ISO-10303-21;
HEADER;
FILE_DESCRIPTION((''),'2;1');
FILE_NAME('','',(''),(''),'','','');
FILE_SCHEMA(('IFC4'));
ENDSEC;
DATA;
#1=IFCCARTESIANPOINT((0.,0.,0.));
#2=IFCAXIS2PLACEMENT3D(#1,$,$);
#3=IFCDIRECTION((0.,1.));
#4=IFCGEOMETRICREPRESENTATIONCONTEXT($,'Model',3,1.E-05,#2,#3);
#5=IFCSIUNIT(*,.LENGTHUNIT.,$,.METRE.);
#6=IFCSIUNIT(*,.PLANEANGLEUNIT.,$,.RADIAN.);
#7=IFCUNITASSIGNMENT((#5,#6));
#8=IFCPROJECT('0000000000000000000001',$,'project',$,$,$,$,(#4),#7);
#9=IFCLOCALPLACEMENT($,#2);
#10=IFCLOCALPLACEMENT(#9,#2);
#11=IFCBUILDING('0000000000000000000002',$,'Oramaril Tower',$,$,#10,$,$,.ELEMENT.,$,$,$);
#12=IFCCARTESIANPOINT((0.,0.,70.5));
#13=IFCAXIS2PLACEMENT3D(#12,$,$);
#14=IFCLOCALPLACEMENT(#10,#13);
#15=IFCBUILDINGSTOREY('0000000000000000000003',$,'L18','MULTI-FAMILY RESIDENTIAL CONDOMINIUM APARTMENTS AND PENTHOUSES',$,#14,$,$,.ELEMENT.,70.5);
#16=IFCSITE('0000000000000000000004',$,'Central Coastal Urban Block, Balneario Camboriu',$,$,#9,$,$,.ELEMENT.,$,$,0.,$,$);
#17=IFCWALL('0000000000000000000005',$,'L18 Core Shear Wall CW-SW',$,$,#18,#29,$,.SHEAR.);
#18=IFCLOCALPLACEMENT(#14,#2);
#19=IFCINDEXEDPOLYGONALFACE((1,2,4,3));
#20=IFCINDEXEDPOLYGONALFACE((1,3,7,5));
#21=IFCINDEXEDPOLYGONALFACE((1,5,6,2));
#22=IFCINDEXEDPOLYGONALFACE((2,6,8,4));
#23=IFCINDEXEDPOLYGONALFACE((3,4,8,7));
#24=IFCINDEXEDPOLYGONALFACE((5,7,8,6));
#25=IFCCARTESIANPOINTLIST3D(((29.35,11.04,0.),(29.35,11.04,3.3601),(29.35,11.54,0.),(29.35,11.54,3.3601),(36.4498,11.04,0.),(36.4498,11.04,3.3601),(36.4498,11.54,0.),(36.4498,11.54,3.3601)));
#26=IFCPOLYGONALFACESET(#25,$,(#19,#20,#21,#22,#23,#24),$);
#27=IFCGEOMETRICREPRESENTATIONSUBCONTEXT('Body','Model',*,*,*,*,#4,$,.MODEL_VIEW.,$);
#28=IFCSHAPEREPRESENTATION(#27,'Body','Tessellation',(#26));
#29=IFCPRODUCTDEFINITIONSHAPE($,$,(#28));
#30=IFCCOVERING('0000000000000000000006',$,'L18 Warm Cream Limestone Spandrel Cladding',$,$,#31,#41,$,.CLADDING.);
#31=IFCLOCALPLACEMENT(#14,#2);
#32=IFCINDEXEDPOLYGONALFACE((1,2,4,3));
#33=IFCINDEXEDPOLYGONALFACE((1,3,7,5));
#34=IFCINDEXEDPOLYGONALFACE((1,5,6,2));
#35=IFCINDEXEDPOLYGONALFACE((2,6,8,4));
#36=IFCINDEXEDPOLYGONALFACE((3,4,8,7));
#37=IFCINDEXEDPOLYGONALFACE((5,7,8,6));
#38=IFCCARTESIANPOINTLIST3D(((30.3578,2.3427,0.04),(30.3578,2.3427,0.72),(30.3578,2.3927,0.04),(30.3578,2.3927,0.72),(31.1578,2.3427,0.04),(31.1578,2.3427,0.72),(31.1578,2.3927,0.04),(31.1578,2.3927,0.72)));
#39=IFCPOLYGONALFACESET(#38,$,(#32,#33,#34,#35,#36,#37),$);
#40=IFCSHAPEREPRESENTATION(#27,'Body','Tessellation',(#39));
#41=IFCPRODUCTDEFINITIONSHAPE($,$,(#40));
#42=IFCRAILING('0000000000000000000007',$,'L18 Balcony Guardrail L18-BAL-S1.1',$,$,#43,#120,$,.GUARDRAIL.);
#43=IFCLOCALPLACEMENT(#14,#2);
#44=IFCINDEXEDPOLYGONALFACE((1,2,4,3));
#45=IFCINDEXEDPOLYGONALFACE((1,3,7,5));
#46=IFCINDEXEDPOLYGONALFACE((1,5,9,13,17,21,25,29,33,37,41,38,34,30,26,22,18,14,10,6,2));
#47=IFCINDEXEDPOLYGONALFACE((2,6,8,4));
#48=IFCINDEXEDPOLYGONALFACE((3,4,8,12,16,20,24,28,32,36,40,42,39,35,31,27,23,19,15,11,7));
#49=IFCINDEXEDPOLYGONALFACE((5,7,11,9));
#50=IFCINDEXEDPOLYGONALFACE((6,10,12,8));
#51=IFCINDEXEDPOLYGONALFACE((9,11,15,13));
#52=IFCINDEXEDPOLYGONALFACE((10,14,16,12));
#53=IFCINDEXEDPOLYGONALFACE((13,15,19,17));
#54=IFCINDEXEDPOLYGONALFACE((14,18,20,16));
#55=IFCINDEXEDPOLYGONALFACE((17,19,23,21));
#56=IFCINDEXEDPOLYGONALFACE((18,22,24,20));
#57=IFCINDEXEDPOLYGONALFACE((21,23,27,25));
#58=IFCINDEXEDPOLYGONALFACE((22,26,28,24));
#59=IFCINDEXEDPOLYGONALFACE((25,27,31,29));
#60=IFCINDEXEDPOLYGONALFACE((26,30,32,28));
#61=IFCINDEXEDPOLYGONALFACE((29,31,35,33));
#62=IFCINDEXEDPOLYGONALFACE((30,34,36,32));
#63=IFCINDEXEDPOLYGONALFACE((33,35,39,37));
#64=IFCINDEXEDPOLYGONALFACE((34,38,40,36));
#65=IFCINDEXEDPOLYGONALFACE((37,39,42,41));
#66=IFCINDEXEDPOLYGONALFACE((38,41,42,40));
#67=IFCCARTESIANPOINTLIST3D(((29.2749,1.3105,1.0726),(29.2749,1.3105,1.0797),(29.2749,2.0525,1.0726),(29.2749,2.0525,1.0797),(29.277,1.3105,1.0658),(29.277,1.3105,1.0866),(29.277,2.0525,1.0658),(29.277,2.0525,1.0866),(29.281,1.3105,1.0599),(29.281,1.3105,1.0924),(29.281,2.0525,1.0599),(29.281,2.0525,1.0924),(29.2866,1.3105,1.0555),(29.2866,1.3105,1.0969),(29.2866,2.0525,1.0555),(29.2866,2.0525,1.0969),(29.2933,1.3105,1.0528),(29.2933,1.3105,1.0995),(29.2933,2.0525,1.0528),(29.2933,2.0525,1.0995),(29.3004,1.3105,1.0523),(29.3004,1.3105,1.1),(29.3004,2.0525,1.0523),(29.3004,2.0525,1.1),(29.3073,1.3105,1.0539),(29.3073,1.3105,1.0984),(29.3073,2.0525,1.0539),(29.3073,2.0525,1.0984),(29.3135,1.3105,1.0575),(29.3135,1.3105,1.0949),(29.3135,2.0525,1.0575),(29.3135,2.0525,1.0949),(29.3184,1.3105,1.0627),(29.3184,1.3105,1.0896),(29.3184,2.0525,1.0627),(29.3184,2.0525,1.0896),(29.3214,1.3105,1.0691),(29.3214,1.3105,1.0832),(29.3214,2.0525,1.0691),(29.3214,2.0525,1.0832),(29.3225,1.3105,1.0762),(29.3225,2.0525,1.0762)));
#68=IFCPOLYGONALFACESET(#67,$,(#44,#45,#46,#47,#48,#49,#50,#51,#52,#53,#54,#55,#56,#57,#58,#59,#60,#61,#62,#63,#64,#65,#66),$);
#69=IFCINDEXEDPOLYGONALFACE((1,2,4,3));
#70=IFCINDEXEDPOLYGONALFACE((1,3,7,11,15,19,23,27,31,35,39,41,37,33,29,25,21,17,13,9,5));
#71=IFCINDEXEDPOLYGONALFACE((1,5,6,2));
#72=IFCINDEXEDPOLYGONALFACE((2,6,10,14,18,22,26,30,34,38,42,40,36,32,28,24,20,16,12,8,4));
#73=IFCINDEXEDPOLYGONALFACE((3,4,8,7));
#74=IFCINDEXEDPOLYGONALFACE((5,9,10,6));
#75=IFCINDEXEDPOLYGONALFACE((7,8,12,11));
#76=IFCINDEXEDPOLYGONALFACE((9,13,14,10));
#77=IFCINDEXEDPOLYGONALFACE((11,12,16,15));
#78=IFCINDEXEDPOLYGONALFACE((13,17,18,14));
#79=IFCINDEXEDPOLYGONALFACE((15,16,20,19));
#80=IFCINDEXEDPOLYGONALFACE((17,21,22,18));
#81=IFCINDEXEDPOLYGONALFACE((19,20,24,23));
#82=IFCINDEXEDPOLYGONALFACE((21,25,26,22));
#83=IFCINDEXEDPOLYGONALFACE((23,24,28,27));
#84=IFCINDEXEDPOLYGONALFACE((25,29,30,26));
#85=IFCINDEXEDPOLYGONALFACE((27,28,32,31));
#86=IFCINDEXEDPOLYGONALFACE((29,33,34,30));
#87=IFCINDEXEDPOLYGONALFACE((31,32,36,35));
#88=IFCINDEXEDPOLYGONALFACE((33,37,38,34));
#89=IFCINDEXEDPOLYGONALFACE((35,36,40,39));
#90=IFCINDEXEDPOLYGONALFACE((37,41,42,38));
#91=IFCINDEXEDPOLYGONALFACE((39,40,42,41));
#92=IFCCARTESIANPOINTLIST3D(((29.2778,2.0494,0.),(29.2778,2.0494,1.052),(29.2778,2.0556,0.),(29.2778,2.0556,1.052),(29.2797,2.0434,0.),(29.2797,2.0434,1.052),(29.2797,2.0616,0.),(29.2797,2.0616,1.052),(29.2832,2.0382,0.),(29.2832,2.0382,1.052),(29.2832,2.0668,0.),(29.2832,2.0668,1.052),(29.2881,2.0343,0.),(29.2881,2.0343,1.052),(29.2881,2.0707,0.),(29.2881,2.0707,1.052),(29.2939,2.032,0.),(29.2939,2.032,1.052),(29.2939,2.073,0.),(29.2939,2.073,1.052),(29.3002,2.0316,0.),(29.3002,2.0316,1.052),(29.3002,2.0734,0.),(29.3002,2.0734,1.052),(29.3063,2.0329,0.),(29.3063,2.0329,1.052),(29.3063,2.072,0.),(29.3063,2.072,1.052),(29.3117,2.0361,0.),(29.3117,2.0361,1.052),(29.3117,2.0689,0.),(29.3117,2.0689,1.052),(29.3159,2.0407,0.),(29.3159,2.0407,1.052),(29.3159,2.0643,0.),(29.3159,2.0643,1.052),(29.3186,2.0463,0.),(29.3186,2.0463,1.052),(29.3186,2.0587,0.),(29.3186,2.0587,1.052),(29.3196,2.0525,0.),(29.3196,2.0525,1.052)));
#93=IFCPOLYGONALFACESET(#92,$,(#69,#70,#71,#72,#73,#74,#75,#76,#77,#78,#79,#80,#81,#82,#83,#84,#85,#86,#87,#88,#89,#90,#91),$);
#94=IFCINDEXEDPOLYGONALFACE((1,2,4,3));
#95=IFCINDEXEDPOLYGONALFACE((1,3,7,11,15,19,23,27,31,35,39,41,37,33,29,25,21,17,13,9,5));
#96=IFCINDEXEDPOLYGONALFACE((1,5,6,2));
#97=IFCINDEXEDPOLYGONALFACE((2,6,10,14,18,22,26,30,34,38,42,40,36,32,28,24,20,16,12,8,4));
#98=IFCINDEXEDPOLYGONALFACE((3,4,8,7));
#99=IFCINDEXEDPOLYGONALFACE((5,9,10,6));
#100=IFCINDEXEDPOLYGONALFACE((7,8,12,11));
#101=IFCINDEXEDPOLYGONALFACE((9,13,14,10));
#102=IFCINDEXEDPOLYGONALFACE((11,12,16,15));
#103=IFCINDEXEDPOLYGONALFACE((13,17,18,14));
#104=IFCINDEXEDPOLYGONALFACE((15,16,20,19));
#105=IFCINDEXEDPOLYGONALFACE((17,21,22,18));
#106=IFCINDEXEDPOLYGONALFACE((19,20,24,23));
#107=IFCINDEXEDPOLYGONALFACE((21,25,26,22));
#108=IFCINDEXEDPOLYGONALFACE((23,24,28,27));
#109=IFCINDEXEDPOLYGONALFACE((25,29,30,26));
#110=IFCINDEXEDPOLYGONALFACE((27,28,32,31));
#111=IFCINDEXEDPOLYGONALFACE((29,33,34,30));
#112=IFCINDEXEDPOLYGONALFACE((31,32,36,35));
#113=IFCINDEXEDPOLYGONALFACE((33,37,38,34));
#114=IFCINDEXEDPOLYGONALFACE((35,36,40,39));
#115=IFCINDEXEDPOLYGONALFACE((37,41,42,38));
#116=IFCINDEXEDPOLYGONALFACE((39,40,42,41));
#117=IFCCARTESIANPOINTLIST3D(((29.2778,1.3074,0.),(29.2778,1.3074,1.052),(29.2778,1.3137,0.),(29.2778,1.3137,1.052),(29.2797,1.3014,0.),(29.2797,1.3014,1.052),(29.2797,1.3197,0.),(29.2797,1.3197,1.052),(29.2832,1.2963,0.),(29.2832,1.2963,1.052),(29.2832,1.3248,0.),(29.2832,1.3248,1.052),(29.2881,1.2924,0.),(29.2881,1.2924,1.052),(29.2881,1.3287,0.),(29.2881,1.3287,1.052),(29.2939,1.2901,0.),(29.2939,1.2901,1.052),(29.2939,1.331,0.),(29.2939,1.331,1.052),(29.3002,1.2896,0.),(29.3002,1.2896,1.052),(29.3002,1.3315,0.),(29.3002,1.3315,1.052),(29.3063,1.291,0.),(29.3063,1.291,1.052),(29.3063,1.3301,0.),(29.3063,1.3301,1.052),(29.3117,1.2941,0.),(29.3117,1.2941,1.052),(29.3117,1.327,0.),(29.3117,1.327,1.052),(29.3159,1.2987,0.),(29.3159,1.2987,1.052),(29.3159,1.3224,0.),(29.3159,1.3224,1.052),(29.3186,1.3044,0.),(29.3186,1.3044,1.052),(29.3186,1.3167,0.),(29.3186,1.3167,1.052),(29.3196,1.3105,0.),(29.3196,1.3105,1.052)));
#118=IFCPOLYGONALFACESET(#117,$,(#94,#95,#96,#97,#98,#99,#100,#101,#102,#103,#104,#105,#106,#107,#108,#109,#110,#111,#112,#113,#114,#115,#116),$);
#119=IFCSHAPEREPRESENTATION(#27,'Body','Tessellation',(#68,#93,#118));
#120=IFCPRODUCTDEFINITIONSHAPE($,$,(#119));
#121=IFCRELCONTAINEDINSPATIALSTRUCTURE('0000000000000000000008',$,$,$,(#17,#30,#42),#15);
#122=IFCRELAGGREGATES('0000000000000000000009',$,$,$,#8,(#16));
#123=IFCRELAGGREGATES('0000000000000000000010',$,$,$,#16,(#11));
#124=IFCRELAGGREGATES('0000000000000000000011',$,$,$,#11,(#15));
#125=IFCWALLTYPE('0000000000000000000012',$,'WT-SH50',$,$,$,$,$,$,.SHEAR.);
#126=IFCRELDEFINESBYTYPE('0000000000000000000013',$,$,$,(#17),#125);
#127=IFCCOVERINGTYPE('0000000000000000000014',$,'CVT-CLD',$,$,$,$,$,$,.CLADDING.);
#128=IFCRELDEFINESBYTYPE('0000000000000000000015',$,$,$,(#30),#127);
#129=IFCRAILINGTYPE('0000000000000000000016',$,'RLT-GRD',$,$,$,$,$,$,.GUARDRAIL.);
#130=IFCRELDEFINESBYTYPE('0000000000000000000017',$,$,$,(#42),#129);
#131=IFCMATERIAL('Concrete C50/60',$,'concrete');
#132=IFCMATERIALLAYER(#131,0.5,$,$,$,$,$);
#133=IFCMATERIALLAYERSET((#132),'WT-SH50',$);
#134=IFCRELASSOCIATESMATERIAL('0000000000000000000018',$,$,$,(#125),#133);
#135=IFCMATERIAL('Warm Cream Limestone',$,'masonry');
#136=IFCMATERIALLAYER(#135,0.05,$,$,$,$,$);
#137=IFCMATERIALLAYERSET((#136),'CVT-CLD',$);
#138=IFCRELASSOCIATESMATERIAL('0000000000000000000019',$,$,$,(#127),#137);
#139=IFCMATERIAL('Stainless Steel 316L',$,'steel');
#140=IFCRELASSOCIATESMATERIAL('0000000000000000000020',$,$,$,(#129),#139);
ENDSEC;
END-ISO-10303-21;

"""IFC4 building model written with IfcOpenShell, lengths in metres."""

from ifc_helpers import new_model, si_unit, direction, frame, frame_2d, origin, origin_2d, place, context, subcontext, project, spatial, rectangle, circle, extrude, material, layer, layer_set, type_object, element, save


model = new_model("IFC4")

# Units and contexts
model_context = context("Model", 3, precision=1e-05, world=origin(), true_north=direction((0.0, 1.0)))
body_context = subcontext(model_context, "Body", "Model", "MODEL_VIEW")
ifc_project = project(units=[si_unit("LENGTHUNIT", "METRE"), si_unit("PLANEANGLEUNIT", "RADIAN")], contexts=[model_context])

# Site, building, storey
site_placement = place(None, origin())
site = spatial("IfcSite", under=ifc_project, at=site_placement, Name="Central Coastal Urban Block, Balneario Camboriu", CompositionType="ELEMENT", RefElevation=0.0)
building_placement = place(site_placement, origin())
building = spatial("IfcBuilding", under=site, at=building_placement, Name="Oramaril Tower", CompositionType="ELEMENT")
storey_placement = place(building_placement, frame((0.0, 0.0, 70.5)))
storey = spatial("IfcBuildingStorey", under=building, at=storey_placement, Name="L18", Description="MULTI-FAMILY RESIDENTIAL CONDOMINIUM APARTMENTS AND PENTHOUSES", CompositionType="ELEMENT", Elevation=70.5)

# Wall
ifc_material_1 = material(Name="Concrete C50/60", Category="concrete")
ifc_layer_1 = layer(ifc_material_1, 0.5)
ifc_layer_set_1 = layer_set([ifc_layer_1], Name="WT-SH50")
wall_type_1 = type_object("IfcWallType", Name="WT-SH50", PredefinedType="SHEAR", material=ifc_layer_set_1)
wall_1_placement = place(storey_placement, frame((29.3501, 11.29, 0.0), z_axis=(0.0, 0.0, 1.0), x_axis=(1.0, 0.0, 0.0)))
element("IfcWall", 1, at=wall_1_placement, inside=storey, type_object=wall_type_1, Name="L18 Core Shear Wall CW-SW", PredefinedType="SHEAR", context=body_context, shape_type="SweptSolid", body=[
    extrude(rectangle(XDim=7.0999, YDim=0.5, at=frame_2d((3.5498, 0.0))), origin(), (0.0, 0.0, 1.0), 3.3601),
])

# Covering
ifc_material_2 = material(Name="Warm Cream Limestone", Category="masonry")
ifc_layer_2 = layer(ifc_material_2, 0.05)
ifc_layer_set_2 = layer_set([ifc_layer_2], Name="CVT-CLD")
covering_type = type_object("IfcCoveringType", Name="CVT-CLD", PredefinedType="CLADDING", material=ifc_layer_set_2)
covering_placement = place(storey_placement, frame((30.7578, 2.3677, 0.04), z_axis=(0.0, 0.0, 1.0), x_axis=(1.0, 0.0, 0.0)))
element("IfcCovering", 2, at=covering_placement, inside=storey, type_object=covering_type, Name="L18 Warm Cream Limestone Spandrel Cladding", PredefinedType="CLADDING", context=body_context, shape_type="SweptSolid", body=[
    extrude(rectangle(XDim=0.8, YDim=0.05, at=origin_2d()), origin(), (0.0, 0.0, 1.0), 0.6799),
])

# Railing
ifc_material_3 = material(Name="Stainless Steel 316L", Category="steel")
railing_type = type_object("IfcRailingType", Name="RLT-GRD", PredefinedType="GUARDRAIL", material=ifc_material_3)
railing_1_placement = place(storey_placement, frame((29.2986, 2.0525, 0.0)))
element("IfcRailing", 3, at=railing_1_placement, inside=storey, type_object=railing_type, Name="L18 Balcony Guardrail L18-BAL-S1.1", PredefinedType="GUARDRAIL", context=body_context, shape_type="SweptSolid", body=[
    extrude(circle(Radius=0.0239, at=origin_2d()), frame((0.0, 0.0, 1.0762), z_axis=(0.0, -1.0, 0.0), x_axis=(1.0, 0.0, 0.0)), (0.0, 0.0, 1.0), 0.7419),
    extrude(circle(Radius=0.021, at=origin_2d()), origin(), (0.0, 0.0, 1.0), 1.052),
    extrude(circle(Radius=0.021, at=origin_2d()), frame((0.0, -0.7419, 0.0)), (0.0, 0.0, 1.0), 1.052),
])

save(model, "model.ifc")
